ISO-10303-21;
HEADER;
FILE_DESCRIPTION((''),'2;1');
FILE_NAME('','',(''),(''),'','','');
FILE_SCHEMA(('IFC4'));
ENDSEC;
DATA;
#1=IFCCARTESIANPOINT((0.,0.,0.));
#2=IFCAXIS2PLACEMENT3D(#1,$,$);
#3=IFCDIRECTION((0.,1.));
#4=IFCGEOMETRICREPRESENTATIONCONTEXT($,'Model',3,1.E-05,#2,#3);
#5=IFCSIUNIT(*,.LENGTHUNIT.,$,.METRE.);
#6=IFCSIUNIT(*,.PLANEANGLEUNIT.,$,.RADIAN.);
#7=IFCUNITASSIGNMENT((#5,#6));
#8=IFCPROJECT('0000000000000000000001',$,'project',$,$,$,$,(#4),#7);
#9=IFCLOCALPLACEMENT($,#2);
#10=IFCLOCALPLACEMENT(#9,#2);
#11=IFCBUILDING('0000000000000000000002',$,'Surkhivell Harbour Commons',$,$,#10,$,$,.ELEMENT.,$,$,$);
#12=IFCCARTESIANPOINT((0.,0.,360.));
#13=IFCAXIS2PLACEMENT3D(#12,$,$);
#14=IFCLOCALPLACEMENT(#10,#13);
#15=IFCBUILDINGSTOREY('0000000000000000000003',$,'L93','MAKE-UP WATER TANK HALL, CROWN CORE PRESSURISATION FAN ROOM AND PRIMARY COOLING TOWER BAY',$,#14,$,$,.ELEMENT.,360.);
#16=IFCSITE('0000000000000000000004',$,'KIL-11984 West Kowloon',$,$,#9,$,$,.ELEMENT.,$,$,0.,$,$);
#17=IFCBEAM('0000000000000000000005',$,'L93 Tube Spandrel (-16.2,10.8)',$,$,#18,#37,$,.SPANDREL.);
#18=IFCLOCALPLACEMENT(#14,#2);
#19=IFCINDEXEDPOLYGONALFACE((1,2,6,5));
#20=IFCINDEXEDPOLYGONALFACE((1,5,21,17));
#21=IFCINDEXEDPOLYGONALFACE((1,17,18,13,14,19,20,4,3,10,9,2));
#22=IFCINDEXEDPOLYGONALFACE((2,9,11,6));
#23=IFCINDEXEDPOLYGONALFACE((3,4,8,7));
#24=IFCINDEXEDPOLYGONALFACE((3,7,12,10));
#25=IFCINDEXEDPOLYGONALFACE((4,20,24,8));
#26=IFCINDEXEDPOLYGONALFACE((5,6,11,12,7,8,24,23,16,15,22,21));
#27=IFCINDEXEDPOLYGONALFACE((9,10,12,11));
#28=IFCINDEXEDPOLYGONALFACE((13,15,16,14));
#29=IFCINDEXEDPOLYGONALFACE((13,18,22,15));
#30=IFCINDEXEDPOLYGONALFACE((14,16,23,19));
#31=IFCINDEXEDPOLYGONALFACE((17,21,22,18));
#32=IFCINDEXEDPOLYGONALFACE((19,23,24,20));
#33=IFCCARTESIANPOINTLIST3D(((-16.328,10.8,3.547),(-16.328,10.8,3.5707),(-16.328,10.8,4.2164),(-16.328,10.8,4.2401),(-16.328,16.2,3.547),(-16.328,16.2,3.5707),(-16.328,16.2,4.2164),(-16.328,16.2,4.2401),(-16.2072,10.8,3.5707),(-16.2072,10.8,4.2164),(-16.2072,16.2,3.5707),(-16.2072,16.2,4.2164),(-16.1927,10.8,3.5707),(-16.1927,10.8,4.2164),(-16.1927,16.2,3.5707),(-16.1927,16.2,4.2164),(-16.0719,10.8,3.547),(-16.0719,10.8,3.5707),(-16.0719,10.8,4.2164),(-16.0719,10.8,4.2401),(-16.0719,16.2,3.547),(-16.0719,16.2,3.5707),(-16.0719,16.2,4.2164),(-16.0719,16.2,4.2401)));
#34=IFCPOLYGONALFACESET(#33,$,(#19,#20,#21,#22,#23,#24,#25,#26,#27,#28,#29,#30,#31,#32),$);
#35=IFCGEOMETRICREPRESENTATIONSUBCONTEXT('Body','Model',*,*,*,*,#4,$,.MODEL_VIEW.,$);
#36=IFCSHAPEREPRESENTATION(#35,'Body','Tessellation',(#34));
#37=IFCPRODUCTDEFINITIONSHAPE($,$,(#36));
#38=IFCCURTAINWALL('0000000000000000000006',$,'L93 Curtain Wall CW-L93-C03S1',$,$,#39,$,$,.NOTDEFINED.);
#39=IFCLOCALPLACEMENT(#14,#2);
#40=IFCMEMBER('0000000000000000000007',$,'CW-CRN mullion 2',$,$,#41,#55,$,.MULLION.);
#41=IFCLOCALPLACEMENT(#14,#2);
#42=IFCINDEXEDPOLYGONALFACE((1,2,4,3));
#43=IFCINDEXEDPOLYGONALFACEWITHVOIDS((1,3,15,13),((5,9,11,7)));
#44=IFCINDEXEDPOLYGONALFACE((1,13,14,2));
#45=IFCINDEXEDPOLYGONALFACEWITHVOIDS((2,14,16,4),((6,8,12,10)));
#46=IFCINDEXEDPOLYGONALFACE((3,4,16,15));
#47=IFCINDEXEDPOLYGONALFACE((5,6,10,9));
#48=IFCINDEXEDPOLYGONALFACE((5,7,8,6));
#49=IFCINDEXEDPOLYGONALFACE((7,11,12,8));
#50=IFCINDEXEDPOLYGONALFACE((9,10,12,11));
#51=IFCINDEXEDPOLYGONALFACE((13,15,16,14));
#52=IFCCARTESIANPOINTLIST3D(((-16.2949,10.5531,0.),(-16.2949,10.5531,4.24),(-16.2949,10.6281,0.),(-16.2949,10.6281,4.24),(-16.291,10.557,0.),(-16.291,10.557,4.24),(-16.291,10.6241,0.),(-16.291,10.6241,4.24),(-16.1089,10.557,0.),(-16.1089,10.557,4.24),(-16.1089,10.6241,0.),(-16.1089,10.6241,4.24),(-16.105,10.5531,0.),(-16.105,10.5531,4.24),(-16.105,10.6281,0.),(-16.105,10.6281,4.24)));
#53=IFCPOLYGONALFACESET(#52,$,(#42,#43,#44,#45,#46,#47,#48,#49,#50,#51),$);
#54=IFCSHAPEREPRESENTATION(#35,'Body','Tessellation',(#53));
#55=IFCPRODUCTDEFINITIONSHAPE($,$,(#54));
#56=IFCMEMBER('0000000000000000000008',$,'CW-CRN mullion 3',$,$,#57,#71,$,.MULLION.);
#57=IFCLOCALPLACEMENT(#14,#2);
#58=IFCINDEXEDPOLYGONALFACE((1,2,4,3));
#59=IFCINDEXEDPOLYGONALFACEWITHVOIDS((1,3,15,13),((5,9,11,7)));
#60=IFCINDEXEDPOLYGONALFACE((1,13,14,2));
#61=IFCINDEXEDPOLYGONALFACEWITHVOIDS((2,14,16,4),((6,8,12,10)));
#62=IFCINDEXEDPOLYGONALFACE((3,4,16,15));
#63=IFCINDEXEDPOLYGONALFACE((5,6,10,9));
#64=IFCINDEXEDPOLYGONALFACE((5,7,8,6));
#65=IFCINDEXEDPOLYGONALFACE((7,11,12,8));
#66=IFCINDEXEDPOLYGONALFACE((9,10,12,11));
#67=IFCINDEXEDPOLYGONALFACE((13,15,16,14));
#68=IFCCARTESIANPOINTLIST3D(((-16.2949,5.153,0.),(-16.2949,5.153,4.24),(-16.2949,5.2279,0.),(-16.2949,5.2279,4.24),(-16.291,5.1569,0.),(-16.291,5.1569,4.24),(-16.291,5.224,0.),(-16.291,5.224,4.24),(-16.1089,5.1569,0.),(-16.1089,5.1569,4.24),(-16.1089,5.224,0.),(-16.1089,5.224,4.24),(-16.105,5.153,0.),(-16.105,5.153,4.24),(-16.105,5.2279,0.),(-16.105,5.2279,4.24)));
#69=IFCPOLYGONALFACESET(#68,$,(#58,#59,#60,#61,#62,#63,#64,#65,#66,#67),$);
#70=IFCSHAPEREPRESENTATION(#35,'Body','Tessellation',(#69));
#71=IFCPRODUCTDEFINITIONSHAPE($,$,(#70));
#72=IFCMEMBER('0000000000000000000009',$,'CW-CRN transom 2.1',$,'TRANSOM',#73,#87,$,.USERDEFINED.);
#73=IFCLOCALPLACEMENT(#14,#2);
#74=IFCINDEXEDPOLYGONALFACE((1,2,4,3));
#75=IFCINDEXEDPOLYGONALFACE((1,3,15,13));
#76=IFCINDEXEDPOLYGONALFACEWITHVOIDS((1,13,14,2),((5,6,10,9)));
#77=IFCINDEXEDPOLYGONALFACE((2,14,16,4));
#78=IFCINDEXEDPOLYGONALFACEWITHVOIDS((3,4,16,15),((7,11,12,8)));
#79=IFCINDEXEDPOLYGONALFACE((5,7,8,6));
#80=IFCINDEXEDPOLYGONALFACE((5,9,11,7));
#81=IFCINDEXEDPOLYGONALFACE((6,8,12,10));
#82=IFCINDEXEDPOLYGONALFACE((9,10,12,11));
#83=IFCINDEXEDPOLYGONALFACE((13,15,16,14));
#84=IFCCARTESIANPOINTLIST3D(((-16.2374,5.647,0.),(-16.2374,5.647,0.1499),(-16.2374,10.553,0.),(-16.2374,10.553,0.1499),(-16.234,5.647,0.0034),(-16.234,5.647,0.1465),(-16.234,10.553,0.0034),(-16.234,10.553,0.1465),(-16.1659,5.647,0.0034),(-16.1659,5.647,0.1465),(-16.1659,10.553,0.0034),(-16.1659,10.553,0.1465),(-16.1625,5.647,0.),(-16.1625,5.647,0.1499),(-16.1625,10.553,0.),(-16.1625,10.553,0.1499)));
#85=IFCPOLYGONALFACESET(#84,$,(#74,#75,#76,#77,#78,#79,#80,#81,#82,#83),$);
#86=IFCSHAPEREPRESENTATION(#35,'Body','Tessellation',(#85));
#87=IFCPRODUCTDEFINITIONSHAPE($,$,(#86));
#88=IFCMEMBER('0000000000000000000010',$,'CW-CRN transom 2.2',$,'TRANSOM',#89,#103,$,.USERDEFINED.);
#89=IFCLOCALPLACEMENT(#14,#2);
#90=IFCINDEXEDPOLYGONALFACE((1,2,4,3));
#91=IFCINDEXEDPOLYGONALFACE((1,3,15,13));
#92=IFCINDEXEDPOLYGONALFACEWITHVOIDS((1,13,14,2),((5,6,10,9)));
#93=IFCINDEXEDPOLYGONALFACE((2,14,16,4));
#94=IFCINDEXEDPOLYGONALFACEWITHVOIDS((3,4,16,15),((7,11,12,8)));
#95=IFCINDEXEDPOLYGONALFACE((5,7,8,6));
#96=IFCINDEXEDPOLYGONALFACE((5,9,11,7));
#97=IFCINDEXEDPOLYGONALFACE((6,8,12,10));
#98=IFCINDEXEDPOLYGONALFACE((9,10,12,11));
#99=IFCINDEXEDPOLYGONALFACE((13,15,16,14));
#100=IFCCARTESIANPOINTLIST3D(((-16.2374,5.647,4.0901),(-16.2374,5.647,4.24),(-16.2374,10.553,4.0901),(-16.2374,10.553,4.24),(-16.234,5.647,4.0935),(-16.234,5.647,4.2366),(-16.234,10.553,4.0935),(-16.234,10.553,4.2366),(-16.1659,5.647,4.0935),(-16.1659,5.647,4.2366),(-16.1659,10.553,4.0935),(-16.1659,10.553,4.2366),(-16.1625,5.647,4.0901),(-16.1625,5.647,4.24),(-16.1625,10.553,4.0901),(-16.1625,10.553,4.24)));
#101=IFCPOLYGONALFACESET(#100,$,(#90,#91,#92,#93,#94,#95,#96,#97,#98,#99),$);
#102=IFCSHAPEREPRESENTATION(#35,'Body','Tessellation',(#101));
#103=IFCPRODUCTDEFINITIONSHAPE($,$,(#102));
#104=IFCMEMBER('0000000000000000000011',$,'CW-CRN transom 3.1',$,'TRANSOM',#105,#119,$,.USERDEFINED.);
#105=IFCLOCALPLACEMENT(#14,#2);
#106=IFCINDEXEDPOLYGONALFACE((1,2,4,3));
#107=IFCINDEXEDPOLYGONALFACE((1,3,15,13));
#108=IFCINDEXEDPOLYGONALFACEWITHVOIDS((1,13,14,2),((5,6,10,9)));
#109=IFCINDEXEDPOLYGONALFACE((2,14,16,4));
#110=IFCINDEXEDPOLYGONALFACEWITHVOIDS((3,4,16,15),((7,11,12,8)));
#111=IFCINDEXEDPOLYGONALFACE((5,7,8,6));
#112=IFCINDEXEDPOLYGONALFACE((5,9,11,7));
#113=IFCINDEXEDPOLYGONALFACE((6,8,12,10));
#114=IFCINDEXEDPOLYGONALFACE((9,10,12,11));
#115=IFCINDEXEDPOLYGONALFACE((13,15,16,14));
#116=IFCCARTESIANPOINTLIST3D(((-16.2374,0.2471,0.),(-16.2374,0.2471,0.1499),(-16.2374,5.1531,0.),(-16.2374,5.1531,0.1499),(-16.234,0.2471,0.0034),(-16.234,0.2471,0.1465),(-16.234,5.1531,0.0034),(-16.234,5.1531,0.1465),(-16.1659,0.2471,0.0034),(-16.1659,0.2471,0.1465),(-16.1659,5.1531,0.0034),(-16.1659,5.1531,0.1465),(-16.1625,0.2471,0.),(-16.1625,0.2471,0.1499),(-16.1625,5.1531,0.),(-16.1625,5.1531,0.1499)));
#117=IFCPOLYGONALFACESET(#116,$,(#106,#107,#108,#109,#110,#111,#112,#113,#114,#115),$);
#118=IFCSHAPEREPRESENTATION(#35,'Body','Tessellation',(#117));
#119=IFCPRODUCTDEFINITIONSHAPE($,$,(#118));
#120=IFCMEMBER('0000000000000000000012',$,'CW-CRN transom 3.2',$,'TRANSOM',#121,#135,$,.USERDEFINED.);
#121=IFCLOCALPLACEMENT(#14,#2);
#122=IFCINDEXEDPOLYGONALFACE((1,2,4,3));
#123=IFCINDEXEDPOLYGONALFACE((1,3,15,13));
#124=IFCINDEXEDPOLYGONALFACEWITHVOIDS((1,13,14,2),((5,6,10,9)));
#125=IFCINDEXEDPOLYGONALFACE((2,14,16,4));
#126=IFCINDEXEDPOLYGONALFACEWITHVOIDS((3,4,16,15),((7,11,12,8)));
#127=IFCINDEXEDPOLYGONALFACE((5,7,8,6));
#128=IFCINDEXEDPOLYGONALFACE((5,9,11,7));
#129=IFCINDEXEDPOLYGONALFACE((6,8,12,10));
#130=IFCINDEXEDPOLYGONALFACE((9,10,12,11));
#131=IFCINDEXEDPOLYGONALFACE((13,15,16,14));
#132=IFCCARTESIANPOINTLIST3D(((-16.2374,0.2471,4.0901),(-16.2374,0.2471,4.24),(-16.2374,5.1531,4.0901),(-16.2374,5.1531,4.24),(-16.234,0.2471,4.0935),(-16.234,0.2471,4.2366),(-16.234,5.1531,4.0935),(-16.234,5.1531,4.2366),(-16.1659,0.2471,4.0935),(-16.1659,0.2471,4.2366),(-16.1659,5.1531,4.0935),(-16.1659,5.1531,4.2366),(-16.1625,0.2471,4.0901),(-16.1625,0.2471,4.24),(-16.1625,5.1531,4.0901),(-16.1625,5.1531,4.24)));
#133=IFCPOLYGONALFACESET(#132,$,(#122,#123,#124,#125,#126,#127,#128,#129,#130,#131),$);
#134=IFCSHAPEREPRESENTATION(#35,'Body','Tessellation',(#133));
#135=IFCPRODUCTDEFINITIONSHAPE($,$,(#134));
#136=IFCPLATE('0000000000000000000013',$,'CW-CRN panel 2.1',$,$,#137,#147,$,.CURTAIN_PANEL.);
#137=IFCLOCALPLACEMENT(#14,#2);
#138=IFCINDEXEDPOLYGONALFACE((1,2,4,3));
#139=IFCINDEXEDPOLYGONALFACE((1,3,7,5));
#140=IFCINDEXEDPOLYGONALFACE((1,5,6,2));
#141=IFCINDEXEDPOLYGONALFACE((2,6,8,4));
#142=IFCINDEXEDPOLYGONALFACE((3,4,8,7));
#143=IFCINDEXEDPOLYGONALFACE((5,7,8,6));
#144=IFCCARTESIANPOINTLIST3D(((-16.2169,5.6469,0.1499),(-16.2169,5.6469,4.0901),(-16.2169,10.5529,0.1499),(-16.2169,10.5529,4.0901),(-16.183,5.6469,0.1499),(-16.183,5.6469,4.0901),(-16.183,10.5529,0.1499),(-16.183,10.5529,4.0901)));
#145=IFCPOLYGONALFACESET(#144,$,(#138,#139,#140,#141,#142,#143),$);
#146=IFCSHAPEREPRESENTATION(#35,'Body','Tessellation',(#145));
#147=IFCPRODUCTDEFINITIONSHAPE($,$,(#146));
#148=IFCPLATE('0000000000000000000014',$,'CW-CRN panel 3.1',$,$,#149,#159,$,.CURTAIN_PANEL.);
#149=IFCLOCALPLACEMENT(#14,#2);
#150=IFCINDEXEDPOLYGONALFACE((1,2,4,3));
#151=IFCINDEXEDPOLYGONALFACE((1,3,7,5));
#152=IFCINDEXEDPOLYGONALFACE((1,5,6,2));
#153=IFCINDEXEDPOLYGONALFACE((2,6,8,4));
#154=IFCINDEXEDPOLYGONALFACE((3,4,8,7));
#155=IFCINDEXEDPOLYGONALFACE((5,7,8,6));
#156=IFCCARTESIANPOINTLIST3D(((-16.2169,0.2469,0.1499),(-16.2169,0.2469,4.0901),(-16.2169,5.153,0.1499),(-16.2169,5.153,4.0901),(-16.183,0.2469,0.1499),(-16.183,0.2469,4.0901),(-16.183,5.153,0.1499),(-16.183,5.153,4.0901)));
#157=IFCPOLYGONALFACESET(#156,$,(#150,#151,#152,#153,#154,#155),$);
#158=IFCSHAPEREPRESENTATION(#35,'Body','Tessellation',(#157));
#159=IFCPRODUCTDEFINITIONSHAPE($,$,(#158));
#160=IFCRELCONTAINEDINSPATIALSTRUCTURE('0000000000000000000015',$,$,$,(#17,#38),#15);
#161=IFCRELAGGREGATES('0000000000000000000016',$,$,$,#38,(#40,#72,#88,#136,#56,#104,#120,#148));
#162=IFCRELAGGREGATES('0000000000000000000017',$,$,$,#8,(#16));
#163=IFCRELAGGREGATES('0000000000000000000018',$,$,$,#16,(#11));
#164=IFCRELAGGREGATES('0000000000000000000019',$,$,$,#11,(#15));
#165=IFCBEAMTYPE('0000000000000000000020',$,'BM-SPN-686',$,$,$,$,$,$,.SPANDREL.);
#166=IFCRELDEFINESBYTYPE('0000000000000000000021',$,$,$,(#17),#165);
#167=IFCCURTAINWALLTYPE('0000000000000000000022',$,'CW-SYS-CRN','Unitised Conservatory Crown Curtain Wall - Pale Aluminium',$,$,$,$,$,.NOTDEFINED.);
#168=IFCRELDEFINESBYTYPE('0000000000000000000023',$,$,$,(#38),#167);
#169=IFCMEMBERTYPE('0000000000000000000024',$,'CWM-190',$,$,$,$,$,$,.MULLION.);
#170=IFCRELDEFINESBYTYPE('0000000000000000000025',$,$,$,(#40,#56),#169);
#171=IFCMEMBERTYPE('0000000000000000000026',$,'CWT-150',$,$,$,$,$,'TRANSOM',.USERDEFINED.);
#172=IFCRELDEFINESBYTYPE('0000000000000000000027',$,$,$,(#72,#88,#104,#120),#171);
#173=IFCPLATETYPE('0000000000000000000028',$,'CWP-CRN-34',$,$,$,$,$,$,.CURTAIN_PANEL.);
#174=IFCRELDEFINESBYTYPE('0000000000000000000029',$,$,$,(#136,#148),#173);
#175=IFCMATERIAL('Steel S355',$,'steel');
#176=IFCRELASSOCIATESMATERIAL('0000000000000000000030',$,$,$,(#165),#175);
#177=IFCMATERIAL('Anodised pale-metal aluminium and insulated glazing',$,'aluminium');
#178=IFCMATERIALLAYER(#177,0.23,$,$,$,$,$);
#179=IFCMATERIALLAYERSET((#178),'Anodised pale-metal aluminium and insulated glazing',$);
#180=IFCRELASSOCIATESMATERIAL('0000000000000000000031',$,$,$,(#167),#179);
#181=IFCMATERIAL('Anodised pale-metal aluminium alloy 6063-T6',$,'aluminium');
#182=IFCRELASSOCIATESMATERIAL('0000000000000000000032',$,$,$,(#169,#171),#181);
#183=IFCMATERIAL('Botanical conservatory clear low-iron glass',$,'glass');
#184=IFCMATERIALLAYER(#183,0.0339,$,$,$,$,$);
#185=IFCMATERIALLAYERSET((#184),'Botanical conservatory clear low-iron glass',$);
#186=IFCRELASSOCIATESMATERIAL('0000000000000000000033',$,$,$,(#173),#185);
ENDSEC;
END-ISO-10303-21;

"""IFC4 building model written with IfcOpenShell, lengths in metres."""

from ifc_helpers import new_model, si_unit, direction, frame, frame_2d, origin, origin_2d, place, context, subcontext, project, spatial, rectangle, hollow_rectangle, i_section, extrude, material, layer, layer_set, material_profile, profile_set, type_object, element, aggregate, save


model = new_model("IFC4")

# Units and contexts
model_context = context("Model", 3, precision=1e-05, world=origin(), true_north=direction((0.0, 1.0)))
body_context = subcontext(model_context, "Body", "Model", "MODEL_VIEW")
ifc_project = project(units=[si_unit("LENGTHUNIT", "METRE"), si_unit("PLANEANGLEUNIT", "RADIAN")], contexts=[model_context])

# Site, building, storey
site_placement = place(None, origin())
site = spatial("IfcSite", under=ifc_project, at=site_placement, Name="KIL-11984 West Kowloon", CompositionType="ELEMENT", RefElevation=0.0)
building_placement = place(site_placement, origin())
building = spatial("IfcBuilding", under=site, at=building_placement, Name="Surkhivell Harbour Commons", CompositionType="ELEMENT")
storey_placement = place(building_placement, frame((0.0, 0.0, 360.0)))
storey = spatial("IfcBuildingStorey", under=building, at=storey_placement, Name="L93", Description="MAKE-UP WATER TANK HALL, CROWN CORE PRESSURISATION FAN ROOM AND PRIMARY COOLING TOWER BAY", CompositionType="ELEMENT", Elevation=360.0)

# Shared definitions
ifc_material_1 = material(Name="Steel S355", Category="steel")

# Beam
ifc_material_profile_1 = material_profile(ifc_material_1, i_section(OverallWidth=0.2561, OverallDepth=0.6931, WebThickness=0.0144, FlangeThickness=0.0237, at=origin_2d()), Name="UB686x254x170")
ifc_profile_set_1 = profile_set([ifc_material_profile_1], Name="Steel S355")
beam_type_1 = type_object("IfcBeamType", Name="BM-SPN-686", PredefinedType="SPANDREL", material=ifc_profile_set_1)
beam_1_placement = place(storey_placement, frame((-16.2, 10.8, 3.8936), z_axis=(0.0, 1.0, 0.0), x_axis=(-1.0, 0.0, 0.0)))
element("IfcBeam", 1, at=beam_1_placement, inside=storey, type_object=beam_type_1, Name="L93 Tube Spandrel (-16.2,10.8)", PredefinedType="SPANDREL", context=body_context, shape_type="SweptSolid", body=[
    extrude(i_section(OverallWidth=0.2561, OverallDepth=0.6931, WebThickness=0.0144, FlangeThickness=0.0237, at=origin_2d()), origin(), (0.0, 0.0, 1.0), 5.3999),
])

# Curtain wall, members, plates
ifc_material_2 = material(Name="Anodised pale-metal aluminium and insulated glazing", Category="aluminium")
ifc_layer_1 = layer(ifc_material_2, 0.23)
ifc_layer_set_1 = layer_set([ifc_layer_1], Name="Anodised pale-metal aluminium and insulated glazing")
curtain_wall_type = type_object("IfcCurtainWallType", Name="CW-SYS-CRN", Description="Unitised Conservatory Crown Curtain Wall - Pale Aluminium", PredefinedType="NOTDEFINED", material=ifc_layer_set_1)
curtain_wall_placement = place(storey_placement, origin())
curtain_wall = element("IfcCurtainWall", 2, at=curtain_wall_placement, inside=storey, type_object=curtain_wall_type, Name="L93 Curtain Wall CW-L93-C03S1", PredefinedType="NOTDEFINED")
ifc_material_3 = material(Name="Anodised pale-metal aluminium alloy 6063-T6", Category="aluminium")
ifc_material_profile_2 = material_profile(ifc_material_3, hollow_rectangle(XDim=0.075, YDim=0.1899, WallThickness=0.0039, at=origin_2d()), Name="ALU-MULL-75x190")
ifc_profile_set_2 = profile_set([ifc_material_profile_2], Name="Anodised pale-metal aluminium alloy 6063-T6")
member_type_1 = type_object("IfcMemberType", Name="CWM-190", PredefinedType="MULLION", material=ifc_profile_set_2)
member_1_placement = place(storey_placement, frame((-16.2, 10.5906, 0.0), z_axis=(0.0, 0.0, 1.0), x_axis=(0.0, -1.0, 0.0)))
member_1 = element("IfcMember", 3, at=member_1_placement, type_object=member_type_1, Name="CW-CRN mullion 2", PredefinedType="MULLION", context=body_context, shape_type="SweptSolid", body=[
    extrude(hollow_rectangle(XDim=0.075, YDim=0.1899, WallThickness=0.0039, at=origin_2d()), origin(), (0.0, 0.0, 1.0), 4.24),
])
member_2_placement = place(storey_placement, frame((-16.2, 5.1904, 0.0), z_axis=(0.0, 0.0, 1.0), x_axis=(0.0, -1.0, 0.0)))
member_2 = element("IfcMember", 4, at=member_2_placement, type_object=member_type_1, Name="CW-CRN mullion 3", PredefinedType="MULLION", context=body_context, shape_type="SweptSolid", body=[
    extrude(hollow_rectangle(XDim=0.075, YDim=0.1899, WallThickness=0.0039, at=origin_2d()), origin(), (0.0, 0.0, 1.0), 4.24),
])
ifc_material_profile_3 = material_profile(ifc_material_3, hollow_rectangle(XDim=0.075, YDim=0.1499, WallThickness=0.0034, at=origin_2d()), Name="ALU-TRAN-75x150")
ifc_profile_set_3 = profile_set([ifc_material_profile_3], Name="Anodised pale-metal aluminium alloy 6063-T6")
member_type_2 = type_object("IfcMemberType", Name="CWT-150", ElementType="TRANSOM", PredefinedType="USERDEFINED", material=ifc_profile_set_3)
member_3_placement = place(storey_placement, frame((-16.2, 10.553, 0.075), z_axis=(0.0, -1.0, 0.0), x_axis=(1.0, 0.0, 0.0)))
member_3 = element("IfcMember", 5, at=member_3_placement, type_object=member_type_2, Name="CW-CRN transom 2.1", ObjectType="TRANSOM", PredefinedType="USERDEFINED", context=body_context, shape_type="SweptSolid", body=[
    extrude(hollow_rectangle(XDim=0.075, YDim=0.1499, WallThickness=0.0034, at=origin_2d()), origin(), (0.0, 0.0, 1.0), 4.906),
])
member_4_placement = place(storey_placement, frame((-16.2, 10.553, 4.165), z_axis=(0.0, -1.0, 0.0), x_axis=(1.0, 0.0, 0.0)))
member_4 = element("IfcMember", 6, at=member_4_placement, type_object=member_type_2, Name="CW-CRN transom 2.2", ObjectType="TRANSOM", PredefinedType="USERDEFINED", context=body_context, shape_type="SweptSolid", body=[
    extrude(hollow_rectangle(XDim=0.075, YDim=0.1499, WallThickness=0.0034, at=origin_2d()), origin(), (0.0, 0.0, 1.0), 4.906),
])
member_5_placement = place(storey_placement, frame((-16.2, 5.1531, 0.075), z_axis=(0.0, -1.0, 0.0), x_axis=(1.0, 0.0, 0.0)))
member_5 = element("IfcMember", 7, at=member_5_placement, type_object=member_type_2, Name="CW-CRN transom 3.1", ObjectType="TRANSOM", PredefinedType="USERDEFINED", context=body_context, shape_type="SweptSolid", body=[
    extrude(hollow_rectangle(XDim=0.075, YDim=0.1499, WallThickness=0.0034, at=origin_2d()), origin(), (0.0, 0.0, 1.0), 4.906),
])
member_6_placement = place(storey_placement, frame((-16.2, 5.1531, 4.165), z_axis=(0.0, -1.0, 0.0), x_axis=(1.0, 0.0, 0.0)))
member_6 = element("IfcMember", 8, at=member_6_placement, type_object=member_type_2, Name="CW-CRN transom 3.2", ObjectType="TRANSOM", PredefinedType="USERDEFINED", context=body_context, shape_type="SweptSolid", body=[
    extrude(hollow_rectangle(XDim=0.075, YDim=0.1499, WallThickness=0.0034, at=origin_2d()), origin(), (0.0, 0.0, 1.0), 4.906),
])
ifc_material_4 = material(Name="Botanical conservatory clear low-iron glass", Category="glass")
ifc_layer_2 = layer(ifc_material_4, 0.0339)
ifc_layer_set_2 = layer_set([ifc_layer_2], Name="Botanical conservatory clear low-iron glass")
plate_type = type_object("IfcPlateType", Name="CWP-CRN-34", PredefinedType="CURTAIN_PANEL", material=ifc_layer_set_2)
plate_1_placement = place(storey_placement, frame((-16.2, 10.553, 0.1499), z_axis=(0.0, 0.0, 1.0), x_axis=(0.0, -1.0, 0.0)))
plate_1 = element("IfcPlate", 9, at=plate_1_placement, type_object=plate_type, Name="CW-CRN panel 2.1", PredefinedType="CURTAIN_PANEL", context=body_context, shape_type="SweptSolid", body=[
    extrude(rectangle(XDim=4.906, YDim=0.0339, at=frame_2d((2.4531, 0.0))), origin(), (0.0, 0.0, 1.0), 3.9402),
])
plate_2_placement = place(storey_placement, frame((-16.2, 5.1531, 0.1499), z_axis=(0.0, 0.0, 1.0), x_axis=(0.0, -1.0, 0.0)))
plate_2 = element("IfcPlate", 10, at=plate_2_placement, type_object=plate_type, Name="CW-CRN panel 3.1", PredefinedType="CURTAIN_PANEL", context=body_context, shape_type="SweptSolid", body=[
    extrude(rectangle(XDim=4.906, YDim=0.0339, at=frame_2d((2.4531, 0.0))), origin(), (0.0, 0.0, 1.0), 3.9402),
])
aggregate(curtain_wall, [member_1, member_3, member_4, plate_1, member_2, member_5, member_6, plate_2])

save(model, "model.ifc")
